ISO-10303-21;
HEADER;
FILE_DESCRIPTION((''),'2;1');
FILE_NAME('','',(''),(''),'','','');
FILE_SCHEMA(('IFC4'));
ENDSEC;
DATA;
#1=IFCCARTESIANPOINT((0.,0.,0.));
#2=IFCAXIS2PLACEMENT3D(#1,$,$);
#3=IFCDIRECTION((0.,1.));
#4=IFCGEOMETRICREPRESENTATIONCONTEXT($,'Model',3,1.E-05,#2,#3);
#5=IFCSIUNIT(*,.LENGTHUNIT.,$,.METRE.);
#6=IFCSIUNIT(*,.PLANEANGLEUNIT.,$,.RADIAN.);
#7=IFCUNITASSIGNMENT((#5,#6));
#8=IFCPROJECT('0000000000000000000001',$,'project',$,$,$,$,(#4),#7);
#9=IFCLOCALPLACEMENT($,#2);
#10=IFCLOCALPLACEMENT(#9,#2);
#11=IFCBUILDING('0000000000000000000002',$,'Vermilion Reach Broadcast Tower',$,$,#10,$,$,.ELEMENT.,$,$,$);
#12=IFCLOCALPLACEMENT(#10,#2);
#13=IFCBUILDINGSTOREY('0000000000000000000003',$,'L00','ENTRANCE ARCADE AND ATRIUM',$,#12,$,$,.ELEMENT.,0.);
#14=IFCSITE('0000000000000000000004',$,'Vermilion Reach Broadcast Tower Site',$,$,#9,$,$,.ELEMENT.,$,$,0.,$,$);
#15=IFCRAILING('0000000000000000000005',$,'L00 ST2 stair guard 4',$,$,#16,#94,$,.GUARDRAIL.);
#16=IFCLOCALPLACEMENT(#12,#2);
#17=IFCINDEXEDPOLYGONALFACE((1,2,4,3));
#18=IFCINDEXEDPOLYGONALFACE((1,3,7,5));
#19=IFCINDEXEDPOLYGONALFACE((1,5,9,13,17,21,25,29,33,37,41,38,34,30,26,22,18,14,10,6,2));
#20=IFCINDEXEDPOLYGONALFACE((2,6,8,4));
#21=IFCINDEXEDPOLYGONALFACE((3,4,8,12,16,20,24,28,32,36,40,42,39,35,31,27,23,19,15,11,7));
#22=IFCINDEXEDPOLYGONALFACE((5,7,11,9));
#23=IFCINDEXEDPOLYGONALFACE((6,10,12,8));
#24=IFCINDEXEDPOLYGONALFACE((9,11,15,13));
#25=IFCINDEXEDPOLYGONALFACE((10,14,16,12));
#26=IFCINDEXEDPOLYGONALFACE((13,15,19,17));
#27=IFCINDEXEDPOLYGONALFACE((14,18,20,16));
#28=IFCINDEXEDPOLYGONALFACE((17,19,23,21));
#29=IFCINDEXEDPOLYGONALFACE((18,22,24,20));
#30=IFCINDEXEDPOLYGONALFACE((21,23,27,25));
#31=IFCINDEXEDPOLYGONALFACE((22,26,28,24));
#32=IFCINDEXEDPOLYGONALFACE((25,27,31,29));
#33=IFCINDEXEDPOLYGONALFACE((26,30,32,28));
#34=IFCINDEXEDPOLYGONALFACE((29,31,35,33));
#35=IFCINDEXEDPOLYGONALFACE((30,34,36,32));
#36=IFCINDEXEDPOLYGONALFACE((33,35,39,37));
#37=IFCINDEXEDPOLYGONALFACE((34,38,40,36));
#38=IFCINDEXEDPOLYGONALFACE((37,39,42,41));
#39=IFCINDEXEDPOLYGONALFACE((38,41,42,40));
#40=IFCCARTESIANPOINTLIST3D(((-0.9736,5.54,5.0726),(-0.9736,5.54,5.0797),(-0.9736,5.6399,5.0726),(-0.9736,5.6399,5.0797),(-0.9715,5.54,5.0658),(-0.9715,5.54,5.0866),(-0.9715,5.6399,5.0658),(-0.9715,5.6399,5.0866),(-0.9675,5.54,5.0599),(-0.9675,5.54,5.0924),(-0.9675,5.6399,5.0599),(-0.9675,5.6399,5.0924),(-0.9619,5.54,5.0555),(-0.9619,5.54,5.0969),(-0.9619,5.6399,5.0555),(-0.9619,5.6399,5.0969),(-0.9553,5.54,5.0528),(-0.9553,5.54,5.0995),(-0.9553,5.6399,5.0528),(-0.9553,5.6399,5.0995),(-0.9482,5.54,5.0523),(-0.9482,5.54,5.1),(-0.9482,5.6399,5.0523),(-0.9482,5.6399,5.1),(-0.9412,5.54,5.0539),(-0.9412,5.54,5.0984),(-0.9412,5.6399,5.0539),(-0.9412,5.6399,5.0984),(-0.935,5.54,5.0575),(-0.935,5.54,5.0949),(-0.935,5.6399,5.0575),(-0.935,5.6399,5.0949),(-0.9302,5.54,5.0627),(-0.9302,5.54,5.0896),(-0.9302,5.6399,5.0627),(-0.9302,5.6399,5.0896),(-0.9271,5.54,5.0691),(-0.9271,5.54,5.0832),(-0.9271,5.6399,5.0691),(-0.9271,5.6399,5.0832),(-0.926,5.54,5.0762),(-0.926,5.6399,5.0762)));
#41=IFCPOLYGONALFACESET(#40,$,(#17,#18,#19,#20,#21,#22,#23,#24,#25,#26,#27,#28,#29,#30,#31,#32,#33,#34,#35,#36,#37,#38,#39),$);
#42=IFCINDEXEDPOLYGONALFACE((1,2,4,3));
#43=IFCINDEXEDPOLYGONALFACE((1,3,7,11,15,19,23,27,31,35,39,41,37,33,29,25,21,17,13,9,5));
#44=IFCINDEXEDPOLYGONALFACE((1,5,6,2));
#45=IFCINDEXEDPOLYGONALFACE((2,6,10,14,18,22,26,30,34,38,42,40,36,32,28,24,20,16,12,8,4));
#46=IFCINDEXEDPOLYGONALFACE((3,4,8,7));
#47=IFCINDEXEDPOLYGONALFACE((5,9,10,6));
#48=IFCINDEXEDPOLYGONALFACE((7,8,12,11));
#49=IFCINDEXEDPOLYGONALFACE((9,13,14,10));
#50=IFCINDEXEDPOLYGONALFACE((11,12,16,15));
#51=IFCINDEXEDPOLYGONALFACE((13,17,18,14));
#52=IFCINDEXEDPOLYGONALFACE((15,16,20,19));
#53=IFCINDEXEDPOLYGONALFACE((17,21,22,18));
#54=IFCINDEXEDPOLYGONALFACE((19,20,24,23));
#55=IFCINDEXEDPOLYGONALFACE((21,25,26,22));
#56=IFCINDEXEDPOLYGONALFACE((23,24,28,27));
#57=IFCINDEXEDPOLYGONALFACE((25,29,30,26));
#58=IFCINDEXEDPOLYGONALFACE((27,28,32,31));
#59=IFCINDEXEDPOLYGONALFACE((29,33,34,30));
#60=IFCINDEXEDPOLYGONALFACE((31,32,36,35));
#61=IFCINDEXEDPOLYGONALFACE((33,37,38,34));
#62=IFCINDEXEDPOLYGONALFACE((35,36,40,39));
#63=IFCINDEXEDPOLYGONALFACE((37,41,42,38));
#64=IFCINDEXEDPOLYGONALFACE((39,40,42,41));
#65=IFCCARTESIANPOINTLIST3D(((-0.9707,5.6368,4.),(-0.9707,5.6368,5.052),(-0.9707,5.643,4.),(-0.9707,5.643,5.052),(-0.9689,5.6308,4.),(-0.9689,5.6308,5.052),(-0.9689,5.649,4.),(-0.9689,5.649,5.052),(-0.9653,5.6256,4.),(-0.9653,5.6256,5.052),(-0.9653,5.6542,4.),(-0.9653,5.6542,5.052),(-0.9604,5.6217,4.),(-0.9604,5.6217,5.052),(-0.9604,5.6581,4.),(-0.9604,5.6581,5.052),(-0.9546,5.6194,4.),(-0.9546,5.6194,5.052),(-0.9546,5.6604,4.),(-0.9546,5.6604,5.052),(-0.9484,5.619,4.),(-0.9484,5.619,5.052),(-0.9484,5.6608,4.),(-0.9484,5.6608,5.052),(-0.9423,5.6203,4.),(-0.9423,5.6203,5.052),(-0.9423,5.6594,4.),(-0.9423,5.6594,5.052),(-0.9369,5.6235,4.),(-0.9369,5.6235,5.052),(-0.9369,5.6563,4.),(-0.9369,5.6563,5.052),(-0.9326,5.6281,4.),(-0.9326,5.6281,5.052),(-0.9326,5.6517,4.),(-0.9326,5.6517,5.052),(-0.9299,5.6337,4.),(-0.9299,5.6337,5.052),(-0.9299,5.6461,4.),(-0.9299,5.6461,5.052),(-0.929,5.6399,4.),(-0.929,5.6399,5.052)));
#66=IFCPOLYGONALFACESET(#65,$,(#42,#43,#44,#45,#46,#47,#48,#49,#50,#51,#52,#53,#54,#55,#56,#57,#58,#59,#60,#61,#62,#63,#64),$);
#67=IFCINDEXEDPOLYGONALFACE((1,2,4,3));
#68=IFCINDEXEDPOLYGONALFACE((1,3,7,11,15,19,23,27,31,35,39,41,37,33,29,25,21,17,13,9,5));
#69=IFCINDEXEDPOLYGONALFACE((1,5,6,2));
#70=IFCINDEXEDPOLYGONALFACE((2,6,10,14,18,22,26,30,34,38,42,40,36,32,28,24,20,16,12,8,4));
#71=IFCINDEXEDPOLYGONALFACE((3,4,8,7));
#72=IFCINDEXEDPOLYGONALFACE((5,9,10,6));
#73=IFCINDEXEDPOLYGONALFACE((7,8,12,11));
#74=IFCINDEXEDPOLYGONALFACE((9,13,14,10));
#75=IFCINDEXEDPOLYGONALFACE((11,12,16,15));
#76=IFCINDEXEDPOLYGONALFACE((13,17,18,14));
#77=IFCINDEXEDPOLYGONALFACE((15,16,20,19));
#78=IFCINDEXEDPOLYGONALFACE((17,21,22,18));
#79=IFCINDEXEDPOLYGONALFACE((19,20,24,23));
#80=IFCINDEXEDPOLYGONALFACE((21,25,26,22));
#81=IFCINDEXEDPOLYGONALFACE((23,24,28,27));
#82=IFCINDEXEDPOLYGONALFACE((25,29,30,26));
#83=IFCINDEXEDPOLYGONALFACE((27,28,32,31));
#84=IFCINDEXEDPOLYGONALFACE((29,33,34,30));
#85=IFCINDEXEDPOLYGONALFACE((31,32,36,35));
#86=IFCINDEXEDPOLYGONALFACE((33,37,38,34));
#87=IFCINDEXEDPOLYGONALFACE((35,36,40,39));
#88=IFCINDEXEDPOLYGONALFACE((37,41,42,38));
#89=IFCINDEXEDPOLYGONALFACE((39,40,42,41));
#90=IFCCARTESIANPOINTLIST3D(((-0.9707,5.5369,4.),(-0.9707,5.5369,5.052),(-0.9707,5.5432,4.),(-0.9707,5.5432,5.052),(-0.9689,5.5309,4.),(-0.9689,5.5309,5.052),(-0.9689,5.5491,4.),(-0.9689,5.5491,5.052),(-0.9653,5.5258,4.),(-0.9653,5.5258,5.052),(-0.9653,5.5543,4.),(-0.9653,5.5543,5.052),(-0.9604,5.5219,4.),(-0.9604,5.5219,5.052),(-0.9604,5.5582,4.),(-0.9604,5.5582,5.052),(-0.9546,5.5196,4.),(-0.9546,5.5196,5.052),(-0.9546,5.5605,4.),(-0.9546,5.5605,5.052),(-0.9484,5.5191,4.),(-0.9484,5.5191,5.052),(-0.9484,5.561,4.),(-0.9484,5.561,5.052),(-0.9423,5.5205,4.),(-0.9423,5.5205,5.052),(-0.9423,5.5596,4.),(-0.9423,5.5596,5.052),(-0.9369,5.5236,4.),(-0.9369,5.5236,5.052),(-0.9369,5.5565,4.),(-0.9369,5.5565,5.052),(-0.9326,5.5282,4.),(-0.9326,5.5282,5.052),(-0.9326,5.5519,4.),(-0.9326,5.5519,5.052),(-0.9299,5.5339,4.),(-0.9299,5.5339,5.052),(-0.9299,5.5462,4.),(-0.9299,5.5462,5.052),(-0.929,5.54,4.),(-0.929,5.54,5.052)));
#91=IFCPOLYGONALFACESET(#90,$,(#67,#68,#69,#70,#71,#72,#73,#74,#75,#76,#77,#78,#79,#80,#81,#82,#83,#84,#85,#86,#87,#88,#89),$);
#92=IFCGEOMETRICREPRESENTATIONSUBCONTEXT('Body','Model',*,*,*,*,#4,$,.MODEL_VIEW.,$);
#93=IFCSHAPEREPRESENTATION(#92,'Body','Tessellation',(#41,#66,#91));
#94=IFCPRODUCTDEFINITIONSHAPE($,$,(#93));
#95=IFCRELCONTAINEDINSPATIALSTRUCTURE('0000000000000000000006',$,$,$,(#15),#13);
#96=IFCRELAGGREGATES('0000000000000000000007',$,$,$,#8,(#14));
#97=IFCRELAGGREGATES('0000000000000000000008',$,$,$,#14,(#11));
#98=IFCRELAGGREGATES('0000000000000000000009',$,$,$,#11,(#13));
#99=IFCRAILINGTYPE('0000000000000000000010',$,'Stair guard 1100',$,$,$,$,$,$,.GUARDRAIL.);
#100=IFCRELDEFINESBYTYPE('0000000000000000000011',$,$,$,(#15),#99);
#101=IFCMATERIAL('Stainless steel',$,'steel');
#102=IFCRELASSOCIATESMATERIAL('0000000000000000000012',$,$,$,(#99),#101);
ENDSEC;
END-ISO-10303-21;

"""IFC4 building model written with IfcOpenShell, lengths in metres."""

from ifc_helpers import new_model, si_unit, direction, frame, origin, origin_2d, place, context, subcontext, project, spatial, circle, extrude, material, type_object, element, save


model = new_model("IFC4")

# Units and contexts
model_context = context("Model", 3, precision=1e-05, world=origin(), true_north=direction((0.0, 1.0)))
body_context = subcontext(model_context, "Body", "Model", "MODEL_VIEW")
ifc_project = project(units=[si_unit("LENGTHUNIT", "METRE"), si_unit("PLANEANGLEUNIT", "RADIAN")], contexts=[model_context])

# Site, building, storey
site_placement = place(None, origin())
site = spatial("IfcSite", under=ifc_project, at=site_placement, Name="Vermilion Reach Broadcast Tower Site", CompositionType="ELEMENT", RefElevation=0.0)
building_placement = place(site_placement, origin())
building = spatial("IfcBuilding", under=site, at=building_placement, Name="Vermilion Reach Broadcast Tower", CompositionType="ELEMENT")
storey_placement = place(building_placement, origin())
storey = spatial("IfcBuildingStorey", under=building, at=storey_placement, Name="L00", Description="ENTRANCE ARCADE AND ATRIUM", CompositionType="ELEMENT", Elevation=0.0)

# Railing
ifc_material_1 = material(Name="Stainless steel", Category="steel")
railing_type_1 = type_object("IfcRailingType", Name="Stair guard 1100", PredefinedType="GUARDRAIL", material=ifc_material_1)
railing_1_placement = place(storey_placement, frame((-0.95, 5.6399, 4.0)))
element("IfcRailing", 1, at=railing_1_placement, inside=storey, type_object=railing_type_1, Name="L00 ST2 stair guard 4", PredefinedType="GUARDRAIL", context=body_context, shape_type="SweptSolid", body=[
    extrude(circle(Radius=0.0239, at=origin_2d()), frame((0.0, 0.0, 1.0762), z_axis=(0.0, -1.0, 0.0), x_axis=(1.0, 0.0, 0.0)), (0.0, 0.0, 1.0), 0.0999),
    extrude(circle(Radius=0.021, at=origin_2d()), origin(), (0.0, 0.0, 1.0), 1.052),
    extrude(circle(Radius=0.021, at=origin_2d()), frame((0.0, -0.0999, 0.0)), (0.0, 0.0, 1.0), 1.052),
])

save(model, "model.ifc")
